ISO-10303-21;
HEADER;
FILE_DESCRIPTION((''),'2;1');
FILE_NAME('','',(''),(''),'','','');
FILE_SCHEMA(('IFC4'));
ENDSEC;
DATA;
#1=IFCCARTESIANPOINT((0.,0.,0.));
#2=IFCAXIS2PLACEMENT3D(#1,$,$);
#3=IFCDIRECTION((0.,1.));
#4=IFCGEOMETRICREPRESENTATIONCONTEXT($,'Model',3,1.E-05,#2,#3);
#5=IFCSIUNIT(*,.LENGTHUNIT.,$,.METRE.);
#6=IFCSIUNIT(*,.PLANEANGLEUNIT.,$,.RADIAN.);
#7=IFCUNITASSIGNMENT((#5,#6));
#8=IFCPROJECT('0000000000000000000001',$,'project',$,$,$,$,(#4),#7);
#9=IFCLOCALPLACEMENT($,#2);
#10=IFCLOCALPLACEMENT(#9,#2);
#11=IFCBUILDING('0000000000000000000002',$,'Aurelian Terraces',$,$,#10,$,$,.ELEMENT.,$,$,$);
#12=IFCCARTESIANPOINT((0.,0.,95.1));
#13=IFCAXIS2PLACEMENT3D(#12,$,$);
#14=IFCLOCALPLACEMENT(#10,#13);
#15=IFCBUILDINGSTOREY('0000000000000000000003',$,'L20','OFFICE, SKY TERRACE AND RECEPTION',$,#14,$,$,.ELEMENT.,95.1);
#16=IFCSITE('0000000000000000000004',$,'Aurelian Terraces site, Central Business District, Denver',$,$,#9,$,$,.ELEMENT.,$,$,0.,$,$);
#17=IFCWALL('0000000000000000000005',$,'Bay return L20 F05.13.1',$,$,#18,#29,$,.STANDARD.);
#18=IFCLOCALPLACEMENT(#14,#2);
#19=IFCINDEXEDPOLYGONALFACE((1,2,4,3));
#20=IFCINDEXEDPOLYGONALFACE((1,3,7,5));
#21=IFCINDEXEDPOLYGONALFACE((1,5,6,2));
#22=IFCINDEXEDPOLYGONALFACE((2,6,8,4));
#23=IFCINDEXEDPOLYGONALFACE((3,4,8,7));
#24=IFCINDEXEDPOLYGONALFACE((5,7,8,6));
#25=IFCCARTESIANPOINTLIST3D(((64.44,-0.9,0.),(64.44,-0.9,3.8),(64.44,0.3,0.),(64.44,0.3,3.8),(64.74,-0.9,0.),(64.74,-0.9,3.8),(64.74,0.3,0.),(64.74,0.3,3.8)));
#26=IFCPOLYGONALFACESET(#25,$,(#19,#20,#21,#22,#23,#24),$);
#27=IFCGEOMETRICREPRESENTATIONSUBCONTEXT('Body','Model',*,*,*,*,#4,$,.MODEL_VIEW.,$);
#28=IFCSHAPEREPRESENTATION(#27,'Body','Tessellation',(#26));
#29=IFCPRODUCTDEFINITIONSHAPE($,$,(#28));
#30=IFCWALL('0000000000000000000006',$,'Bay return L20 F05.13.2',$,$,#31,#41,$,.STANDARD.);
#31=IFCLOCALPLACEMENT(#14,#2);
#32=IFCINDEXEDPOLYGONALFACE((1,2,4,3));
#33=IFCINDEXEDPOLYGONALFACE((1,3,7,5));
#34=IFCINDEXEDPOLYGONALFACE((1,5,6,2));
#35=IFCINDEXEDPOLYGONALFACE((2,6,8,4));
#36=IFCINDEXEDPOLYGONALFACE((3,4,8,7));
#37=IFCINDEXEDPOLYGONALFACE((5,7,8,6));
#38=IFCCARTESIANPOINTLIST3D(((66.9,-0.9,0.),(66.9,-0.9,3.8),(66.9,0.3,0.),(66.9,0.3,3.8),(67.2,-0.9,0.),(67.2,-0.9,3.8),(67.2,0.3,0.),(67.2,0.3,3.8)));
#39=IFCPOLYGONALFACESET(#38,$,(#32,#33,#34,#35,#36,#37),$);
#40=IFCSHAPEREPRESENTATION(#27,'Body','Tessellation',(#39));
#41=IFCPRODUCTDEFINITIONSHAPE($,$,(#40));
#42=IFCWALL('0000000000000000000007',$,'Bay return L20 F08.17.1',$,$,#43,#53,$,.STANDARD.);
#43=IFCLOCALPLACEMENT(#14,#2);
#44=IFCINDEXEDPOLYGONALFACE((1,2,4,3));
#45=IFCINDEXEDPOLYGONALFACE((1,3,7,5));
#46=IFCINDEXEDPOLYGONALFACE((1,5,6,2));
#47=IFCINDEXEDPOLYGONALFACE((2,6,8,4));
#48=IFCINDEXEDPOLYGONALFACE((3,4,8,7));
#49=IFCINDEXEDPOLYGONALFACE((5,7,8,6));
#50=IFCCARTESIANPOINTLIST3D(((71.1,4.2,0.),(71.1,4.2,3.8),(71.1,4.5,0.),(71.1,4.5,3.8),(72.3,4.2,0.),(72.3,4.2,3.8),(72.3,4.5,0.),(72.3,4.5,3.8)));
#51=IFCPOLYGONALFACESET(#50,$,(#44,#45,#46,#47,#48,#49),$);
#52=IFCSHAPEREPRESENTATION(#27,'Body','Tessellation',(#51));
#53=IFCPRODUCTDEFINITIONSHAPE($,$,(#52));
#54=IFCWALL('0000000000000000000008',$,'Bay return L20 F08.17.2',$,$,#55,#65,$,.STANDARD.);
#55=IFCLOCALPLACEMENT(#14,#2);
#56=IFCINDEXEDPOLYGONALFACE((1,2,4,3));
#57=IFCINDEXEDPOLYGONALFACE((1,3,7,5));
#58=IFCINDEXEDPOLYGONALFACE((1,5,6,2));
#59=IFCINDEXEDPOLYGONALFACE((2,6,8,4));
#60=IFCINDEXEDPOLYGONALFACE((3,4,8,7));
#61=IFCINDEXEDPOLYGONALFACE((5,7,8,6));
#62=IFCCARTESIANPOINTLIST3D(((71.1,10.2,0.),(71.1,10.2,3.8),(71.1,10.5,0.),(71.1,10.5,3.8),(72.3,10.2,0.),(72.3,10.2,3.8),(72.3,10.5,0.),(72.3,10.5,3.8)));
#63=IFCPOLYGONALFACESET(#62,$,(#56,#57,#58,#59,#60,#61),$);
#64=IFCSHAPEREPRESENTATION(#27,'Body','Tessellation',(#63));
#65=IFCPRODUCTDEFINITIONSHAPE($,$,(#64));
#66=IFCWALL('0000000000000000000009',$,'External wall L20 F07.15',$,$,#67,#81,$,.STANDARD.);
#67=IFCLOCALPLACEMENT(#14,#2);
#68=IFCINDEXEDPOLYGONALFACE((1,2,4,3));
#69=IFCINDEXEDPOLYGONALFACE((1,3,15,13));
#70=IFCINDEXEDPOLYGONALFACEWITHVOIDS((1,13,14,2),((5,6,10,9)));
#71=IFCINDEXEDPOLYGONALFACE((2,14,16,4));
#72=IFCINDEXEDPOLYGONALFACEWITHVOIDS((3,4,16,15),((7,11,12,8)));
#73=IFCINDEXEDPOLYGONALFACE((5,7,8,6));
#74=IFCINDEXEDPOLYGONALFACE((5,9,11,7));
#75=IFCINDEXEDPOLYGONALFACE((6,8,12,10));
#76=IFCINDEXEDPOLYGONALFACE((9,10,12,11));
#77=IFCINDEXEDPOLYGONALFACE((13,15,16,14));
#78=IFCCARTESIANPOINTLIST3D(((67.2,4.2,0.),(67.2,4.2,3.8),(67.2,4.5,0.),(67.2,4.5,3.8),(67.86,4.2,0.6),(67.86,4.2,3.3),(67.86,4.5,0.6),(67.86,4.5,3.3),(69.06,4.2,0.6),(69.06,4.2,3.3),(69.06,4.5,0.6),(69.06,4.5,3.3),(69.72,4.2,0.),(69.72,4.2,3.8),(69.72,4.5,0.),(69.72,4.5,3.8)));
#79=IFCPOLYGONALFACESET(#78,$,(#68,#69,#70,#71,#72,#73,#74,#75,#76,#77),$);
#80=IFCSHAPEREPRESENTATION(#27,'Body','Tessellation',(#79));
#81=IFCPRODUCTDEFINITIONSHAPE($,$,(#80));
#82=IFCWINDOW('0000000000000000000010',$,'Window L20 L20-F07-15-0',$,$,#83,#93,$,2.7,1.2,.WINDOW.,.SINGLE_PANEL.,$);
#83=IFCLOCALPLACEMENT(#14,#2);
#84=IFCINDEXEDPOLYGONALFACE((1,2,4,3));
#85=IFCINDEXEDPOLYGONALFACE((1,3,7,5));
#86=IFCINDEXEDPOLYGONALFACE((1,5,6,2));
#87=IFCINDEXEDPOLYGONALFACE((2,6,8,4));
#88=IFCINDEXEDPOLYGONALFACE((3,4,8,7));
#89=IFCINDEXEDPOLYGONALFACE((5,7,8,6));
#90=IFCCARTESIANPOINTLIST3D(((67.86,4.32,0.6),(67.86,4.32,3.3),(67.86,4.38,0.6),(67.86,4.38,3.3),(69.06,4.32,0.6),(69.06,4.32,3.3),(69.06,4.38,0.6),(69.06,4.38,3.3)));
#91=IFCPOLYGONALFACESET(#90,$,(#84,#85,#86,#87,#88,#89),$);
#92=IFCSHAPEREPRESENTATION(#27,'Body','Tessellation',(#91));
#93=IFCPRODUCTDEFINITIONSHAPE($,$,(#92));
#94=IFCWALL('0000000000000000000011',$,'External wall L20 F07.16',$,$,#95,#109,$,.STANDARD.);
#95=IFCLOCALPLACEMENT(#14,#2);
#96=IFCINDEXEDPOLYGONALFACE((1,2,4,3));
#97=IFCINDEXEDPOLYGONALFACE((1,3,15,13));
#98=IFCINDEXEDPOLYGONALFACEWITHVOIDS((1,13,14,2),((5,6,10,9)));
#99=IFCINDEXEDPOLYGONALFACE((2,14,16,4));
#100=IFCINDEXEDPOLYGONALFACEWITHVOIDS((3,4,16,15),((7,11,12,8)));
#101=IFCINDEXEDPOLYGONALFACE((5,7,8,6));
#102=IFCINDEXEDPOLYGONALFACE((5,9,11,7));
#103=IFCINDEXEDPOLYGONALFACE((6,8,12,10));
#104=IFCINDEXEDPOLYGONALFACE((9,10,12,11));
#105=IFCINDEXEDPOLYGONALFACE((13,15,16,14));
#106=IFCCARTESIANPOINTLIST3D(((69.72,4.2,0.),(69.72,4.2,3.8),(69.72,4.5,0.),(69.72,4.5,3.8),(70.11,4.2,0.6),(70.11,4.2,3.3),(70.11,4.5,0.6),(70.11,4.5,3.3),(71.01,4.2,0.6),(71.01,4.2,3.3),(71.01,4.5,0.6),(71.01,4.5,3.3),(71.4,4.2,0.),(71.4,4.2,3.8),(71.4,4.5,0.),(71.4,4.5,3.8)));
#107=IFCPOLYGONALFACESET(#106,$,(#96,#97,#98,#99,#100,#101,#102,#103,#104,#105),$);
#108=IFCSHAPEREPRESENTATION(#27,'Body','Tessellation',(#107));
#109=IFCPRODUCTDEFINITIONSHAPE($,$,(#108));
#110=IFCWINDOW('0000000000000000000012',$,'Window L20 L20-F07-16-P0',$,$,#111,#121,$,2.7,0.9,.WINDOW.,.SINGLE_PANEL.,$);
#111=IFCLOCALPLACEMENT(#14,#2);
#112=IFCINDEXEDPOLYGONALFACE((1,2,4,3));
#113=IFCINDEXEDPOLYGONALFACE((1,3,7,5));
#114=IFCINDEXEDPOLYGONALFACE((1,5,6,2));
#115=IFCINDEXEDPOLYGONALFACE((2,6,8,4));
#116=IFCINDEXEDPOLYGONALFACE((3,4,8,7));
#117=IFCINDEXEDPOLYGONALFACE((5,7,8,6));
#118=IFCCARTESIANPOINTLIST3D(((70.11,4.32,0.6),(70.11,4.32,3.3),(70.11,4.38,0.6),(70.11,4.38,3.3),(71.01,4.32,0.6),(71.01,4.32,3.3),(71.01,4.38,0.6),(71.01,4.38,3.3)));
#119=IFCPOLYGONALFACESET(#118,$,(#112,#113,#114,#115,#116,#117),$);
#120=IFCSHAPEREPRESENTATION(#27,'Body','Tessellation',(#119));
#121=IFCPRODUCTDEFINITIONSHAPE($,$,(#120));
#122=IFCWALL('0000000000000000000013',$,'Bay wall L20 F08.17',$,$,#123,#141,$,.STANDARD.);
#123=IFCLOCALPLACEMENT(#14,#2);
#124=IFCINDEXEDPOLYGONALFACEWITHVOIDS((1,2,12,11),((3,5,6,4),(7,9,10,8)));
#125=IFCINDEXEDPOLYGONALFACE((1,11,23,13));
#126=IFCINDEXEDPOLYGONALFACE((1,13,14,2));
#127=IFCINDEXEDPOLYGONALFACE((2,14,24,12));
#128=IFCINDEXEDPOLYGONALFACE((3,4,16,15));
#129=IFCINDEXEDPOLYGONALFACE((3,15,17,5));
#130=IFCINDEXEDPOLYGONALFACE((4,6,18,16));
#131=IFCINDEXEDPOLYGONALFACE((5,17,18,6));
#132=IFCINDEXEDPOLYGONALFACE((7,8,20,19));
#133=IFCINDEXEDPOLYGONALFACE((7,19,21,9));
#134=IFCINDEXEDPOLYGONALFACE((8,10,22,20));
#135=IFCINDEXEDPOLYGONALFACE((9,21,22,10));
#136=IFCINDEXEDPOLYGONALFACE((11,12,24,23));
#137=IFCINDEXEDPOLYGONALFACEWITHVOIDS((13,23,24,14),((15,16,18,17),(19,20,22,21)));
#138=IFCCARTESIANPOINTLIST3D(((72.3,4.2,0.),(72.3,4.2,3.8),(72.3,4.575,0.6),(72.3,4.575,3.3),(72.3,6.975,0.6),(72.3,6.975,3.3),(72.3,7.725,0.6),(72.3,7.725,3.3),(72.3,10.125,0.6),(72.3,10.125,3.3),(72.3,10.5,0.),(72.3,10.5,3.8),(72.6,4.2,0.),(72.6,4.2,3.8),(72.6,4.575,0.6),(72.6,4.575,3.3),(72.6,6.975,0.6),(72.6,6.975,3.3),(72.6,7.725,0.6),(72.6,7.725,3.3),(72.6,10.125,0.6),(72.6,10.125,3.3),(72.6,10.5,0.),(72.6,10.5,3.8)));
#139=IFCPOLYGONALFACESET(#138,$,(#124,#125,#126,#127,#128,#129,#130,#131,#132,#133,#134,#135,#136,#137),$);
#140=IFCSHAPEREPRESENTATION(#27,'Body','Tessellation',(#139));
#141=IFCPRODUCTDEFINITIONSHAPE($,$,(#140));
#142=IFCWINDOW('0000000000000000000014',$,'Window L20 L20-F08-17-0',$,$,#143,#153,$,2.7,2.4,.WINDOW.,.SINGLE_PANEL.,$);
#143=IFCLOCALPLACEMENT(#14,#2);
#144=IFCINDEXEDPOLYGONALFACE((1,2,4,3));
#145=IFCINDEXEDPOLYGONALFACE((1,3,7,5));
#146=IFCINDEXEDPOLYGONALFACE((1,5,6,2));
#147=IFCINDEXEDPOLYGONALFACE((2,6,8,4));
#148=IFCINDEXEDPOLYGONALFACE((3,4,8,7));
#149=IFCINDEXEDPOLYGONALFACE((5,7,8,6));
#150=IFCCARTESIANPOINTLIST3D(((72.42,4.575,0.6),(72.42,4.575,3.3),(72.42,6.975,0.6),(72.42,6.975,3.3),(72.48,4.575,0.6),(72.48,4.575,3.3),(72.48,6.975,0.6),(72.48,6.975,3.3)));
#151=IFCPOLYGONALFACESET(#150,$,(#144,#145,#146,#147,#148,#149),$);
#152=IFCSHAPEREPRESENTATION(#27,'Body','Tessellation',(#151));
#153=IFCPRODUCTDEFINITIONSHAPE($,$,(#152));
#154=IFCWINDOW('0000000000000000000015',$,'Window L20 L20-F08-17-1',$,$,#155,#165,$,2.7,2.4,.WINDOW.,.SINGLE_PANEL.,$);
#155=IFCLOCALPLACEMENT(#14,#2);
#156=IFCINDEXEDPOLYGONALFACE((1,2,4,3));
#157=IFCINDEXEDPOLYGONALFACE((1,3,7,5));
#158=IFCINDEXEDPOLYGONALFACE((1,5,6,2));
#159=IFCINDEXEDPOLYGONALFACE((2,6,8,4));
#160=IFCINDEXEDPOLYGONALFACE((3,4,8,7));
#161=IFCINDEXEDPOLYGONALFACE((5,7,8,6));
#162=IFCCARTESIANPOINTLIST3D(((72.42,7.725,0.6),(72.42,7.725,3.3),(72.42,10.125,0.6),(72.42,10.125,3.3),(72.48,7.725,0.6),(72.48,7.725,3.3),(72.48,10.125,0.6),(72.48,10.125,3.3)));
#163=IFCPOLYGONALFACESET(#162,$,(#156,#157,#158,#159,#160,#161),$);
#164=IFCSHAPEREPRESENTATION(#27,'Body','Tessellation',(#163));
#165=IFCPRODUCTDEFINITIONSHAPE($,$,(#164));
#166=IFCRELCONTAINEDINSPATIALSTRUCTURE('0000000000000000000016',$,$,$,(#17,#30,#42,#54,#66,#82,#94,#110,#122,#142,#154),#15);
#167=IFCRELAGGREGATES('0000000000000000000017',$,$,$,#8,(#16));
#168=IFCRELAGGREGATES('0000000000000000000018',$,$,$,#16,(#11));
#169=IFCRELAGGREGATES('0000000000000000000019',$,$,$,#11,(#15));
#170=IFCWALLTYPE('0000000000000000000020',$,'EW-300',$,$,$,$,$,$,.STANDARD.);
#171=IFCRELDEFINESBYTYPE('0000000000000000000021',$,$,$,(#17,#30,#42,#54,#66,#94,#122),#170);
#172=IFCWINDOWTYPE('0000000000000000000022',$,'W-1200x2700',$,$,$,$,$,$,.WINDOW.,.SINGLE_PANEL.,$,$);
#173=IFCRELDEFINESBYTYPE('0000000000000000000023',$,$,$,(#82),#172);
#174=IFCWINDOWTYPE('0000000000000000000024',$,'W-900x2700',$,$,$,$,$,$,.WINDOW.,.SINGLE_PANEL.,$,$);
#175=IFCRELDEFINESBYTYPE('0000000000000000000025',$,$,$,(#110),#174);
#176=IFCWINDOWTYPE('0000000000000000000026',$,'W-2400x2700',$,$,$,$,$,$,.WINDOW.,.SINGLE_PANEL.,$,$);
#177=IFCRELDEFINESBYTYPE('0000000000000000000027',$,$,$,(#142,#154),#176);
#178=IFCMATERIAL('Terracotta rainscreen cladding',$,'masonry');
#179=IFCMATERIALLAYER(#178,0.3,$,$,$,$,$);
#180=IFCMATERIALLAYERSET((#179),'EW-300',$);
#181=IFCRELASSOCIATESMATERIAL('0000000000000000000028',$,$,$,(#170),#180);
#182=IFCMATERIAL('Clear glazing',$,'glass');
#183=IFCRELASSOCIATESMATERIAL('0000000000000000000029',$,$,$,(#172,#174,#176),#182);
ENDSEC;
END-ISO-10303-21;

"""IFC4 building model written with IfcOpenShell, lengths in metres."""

from ifc_helpers import new_model, si_unit, direction, frame, frame_2d, origin, place, context, subcontext, project, spatial, rectangle, extrude, source, transform, mapped, material, layer, layer_set, type_object, element, fill, save


model = new_model("IFC4")

# Units and contexts
model_context = context("Model", 3, precision=1e-05, world=origin(), true_north=direction((0.0, 1.0)))
body_context = subcontext(model_context, "Body", "Model", "MODEL_VIEW")
ifc_project = project(units=[si_unit("LENGTHUNIT", "METRE"), si_unit("PLANEANGLEUNIT", "RADIAN")], contexts=[model_context])

# Site, building, storey
site_placement = place(None, origin())
site = spatial("IfcSite", under=ifc_project, at=site_placement, Name="Aurelian Terraces site, Central Business District, Denver", CompositionType="ELEMENT", RefElevation=0.0)
building_placement = place(site_placement, origin())
building = spatial("IfcBuilding", under=site, at=building_placement, Name="Aurelian Terraces", CompositionType="ELEMENT")
storey_placement = place(building_placement, frame((0.0, 0.0, 95.1)))
storey = spatial("IfcBuildingStorey", under=building, at=storey_placement, Name="L20", Description="OFFICE, SKY TERRACE AND RECEPTION", CompositionType="ELEMENT", Elevation=95.1)

# Shared definitions
ifc_material_1 = material(Name="Terracotta rainscreen cladding", Category="masonry")
ifc_layer_1 = layer(ifc_material_1, 0.3)
ifc_layer_set_1 = layer_set([ifc_layer_1], Name="EW-300")
wall_type_1 = type_object("IfcWallType", Name="EW-300", PredefinedType="STANDARD", material=ifc_layer_set_1)
ifc_material_2 = material(Name="Clear glazing", Category="glass")

# Walls
shared_shape_1 = source(origin(), body_context, "Body", "SweptSolid", [
    extrude(rectangle(XDim=1.2, YDim=0.3, at=frame_2d((0.6, 0.0))), origin(), (0.0, 0.0, 1.0), 3.8),
])
for number, where, z_axis, x_axis, name in (
    (1, (64.59, 0.3, 0.0), (0.0, 0.0, 1.0), (0.0, -1.0, 0.0), "Bay return L20 F05.13.1"),
    (2, (67.05, 0.3, 0.0), (0.0, 0.0, 1.0), (0.0, -1.0, 0.0), "Bay return L20 F05.13.2"),
    (3, (71.1, 4.35, 0.0), (0.0, 0.0, 1.0), (1.0, 0.0, 0.0), "Bay return L20 F08.17.1"),
    (4, (71.1, 10.35, 0.0), (0.0, 0.0, 1.0), (1.0, 0.0, 0.0), "Bay return L20 F08.17.2"),
):
    element("IfcWall", number, at=place(storey_placement, frame(where, z_axis=z_axis, x_axis=x_axis)), inside=storey, type_object=wall_type_1, Name=name, PredefinedType="STANDARD", context=body_context, shape_type="MappedRepresentation", body=[
        mapped(shared_shape_1, transform((0.0, 0.0, 0.0), scale=1.0)),
    ])

# Walls, openings, windows
shared_shape_2 = source(origin(), body_context, "Body", "SweptSolid", [
    extrude(rectangle(XDim=2.52, YDim=0.3, at=frame_2d((1.26, 0.0))), origin(), (0.0, 0.0, 1.0), 3.8),
])
wall_1_placement = place(storey_placement, frame((67.2, 4.35, 0.0), z_axis=(0.0, 0.0, 1.0), x_axis=(1.0, 0.0, 0.0)))
wall_1 = element("IfcWall", 5, at=wall_1_placement, inside=storey, type_object=wall_type_1, Name="External wall L20 F07.15", PredefinedType="STANDARD", context=body_context, shape_type="MappedRepresentation", body=[
    mapped(shared_shape_2, transform((0.0, 0.0, 0.0), scale=1.0)),
])
shared_shape_3 = source(origin(), body_context, "Body", "SweptSolid", [
    extrude(rectangle(XDim=1.2, YDim=2.7, at=frame_2d((0.6, 1.35))), frame((0.0, 0.16, 0.0), z_axis=(0.0, -1.0, 0.0), x_axis=(1.0, 0.0, 0.0)), (0.0, 0.0, 1.0), 0.32),
])
opening_1_placement = place(wall_1_placement, frame((0.66, 0.0, 0.6)))
opening_1 = element("IfcOpeningElement", 6, at=opening_1_placement, cuts=wall_1, PredefinedType="OPENING", context=body_context, shape_type="MappedRepresentation", body=[
    mapped(shared_shape_3, transform((0.0, 0.0, 0.0), scale=1.0)),
])
window_type_1 = type_object("IfcWindowType", Name="W-1200x2700", PartitioningType="SINGLE_PANEL", PredefinedType="WINDOW", material=ifc_material_2)
shared_shape_4 = source(origin(), body_context, "Body", "SweptSolid", [
    extrude(rectangle(XDim=1.2, YDim=2.7, at=frame_2d((0.6, 1.35))), frame((0.0, 0.03, 0.0), z_axis=(0.0, -1.0, 0.0), x_axis=(1.0, 0.0, 0.0)), (0.0, 0.0, 1.0), 0.06),
])
window_1_placement = place(opening_1_placement, origin())
window_1 = element("IfcWindow", 7, at=window_1_placement, inside=storey, type_object=window_type_1, Name="Window L20 L20-F07-15-0", OverallHeight=2.7, OverallWidth=1.2, PartitioningType="SINGLE_PANEL", PredefinedType="WINDOW", context=body_context, shape_type="MappedRepresentation", body=[
    mapped(shared_shape_4, transform((0.0, 0.0, 0.0), scale=1.0)),
])
fill(opening_1, window_1)
shared_shape_5 = source(origin(), body_context, "Body", "SweptSolid", [
    extrude(rectangle(XDim=1.68, YDim=0.3, at=frame_2d((0.84, 0.0))), origin(), (0.0, 0.0, 1.0), 3.8),
])
wall_2_placement = place(storey_placement, frame((69.72, 4.35, 0.0), z_axis=(0.0, 0.0, 1.0), x_axis=(1.0, 0.0, 0.0)))
wall_2 = element("IfcWall", 8, at=wall_2_placement, inside=storey, type_object=wall_type_1, Name="External wall L20 F07.16", PredefinedType="STANDARD", context=body_context, shape_type="MappedRepresentation", body=[
    mapped(shared_shape_5, transform((0.0, 0.0, 0.0), scale=1.0)),
])
shared_shape_6 = source(origin(), body_context, "Body", "SweptSolid", [
    extrude(rectangle(XDim=0.9, YDim=2.7, at=frame_2d((0.45, 1.35))), frame((0.0, 0.16, 0.0), z_axis=(0.0, -1.0, 0.0), x_axis=(1.0, 0.0, 0.0)), (0.0, 0.0, 1.0), 0.32),
])
opening_2_placement = place(wall_2_placement, frame((0.39, 0.0, 0.6)))
opening_2 = element("IfcOpeningElement", 9, at=opening_2_placement, cuts=wall_2, PredefinedType="OPENING", context=body_context, shape_type="MappedRepresentation", body=[
    mapped(shared_shape_6, transform((0.0, 0.0, 0.0), scale=1.0)),
])
window_type_2 = type_object("IfcWindowType", Name="W-900x2700", PartitioningType="SINGLE_PANEL", PredefinedType="WINDOW", material=ifc_material_2)
shared_shape_7 = source(origin(), body_context, "Body", "SweptSolid", [
    extrude(rectangle(XDim=0.9, YDim=2.7, at=frame_2d((0.45, 1.35))), frame((0.0, 0.03, 0.0), z_axis=(0.0, -1.0, 0.0), x_axis=(1.0, 0.0, 0.0)), (0.0, 0.0, 1.0), 0.06),
])
window_2_placement = place(opening_2_placement, origin())
window_2 = element("IfcWindow", 10, at=window_2_placement, inside=storey, type_object=window_type_2, Name="Window L20 L20-F07-16-P0", OverallHeight=2.7, OverallWidth=0.9, PartitioningType="SINGLE_PANEL", PredefinedType="WINDOW", context=body_context, shape_type="MappedRepresentation", body=[
    mapped(shared_shape_7, transform((0.0, 0.0, 0.0), scale=1.0)),
])
fill(opening_2, window_2)

# Wall, openings, windows
shared_shape_8 = source(origin(), body_context, "Body", "SweptSolid", [
    extrude(rectangle(XDim=6.3, YDim=0.3, at=frame_2d((3.15, 0.0))), origin(), (0.0, 0.0, 1.0), 3.8),
])
wall_3_placement = place(storey_placement, frame((72.45, 4.2, 0.0), z_axis=(0.0, 0.0, 1.0), x_axis=(0.0, 1.0, 0.0)))
wall_3 = element("IfcWall", 11, at=wall_3_placement, inside=storey, type_object=wall_type_1, Name="Bay wall L20 F08.17", PredefinedType="STANDARD", context=body_context, shape_type="MappedRepresentation", body=[
    mapped(shared_shape_8, transform((0.0, 0.0, 0.0), scale=1.0)),
])
shared_shape_9 = source(origin(), body_context, "Body", "SweptSolid", [
    extrude(rectangle(XDim=2.4, YDim=2.7, at=frame_2d((1.2, 1.35))), frame((0.0, 0.16, 0.0), z_axis=(0.0, -1.0, 0.0), x_axis=(1.0, 0.0, 0.0)), (0.0, 0.0, 1.0), 0.32),
])
opening_3_placement = place(wall_3_placement, frame((0.375, 0.0, 0.6)))
opening_3 = element("IfcOpeningElement", 12, at=opening_3_placement, cuts=wall_3, PredefinedType="OPENING", context=body_context, shape_type="MappedRepresentation", body=[
    mapped(shared_shape_9, transform((0.0, 0.0, 0.0), scale=1.0)),
])
opening_4_placement = place(wall_3_placement, frame((3.525, 0.0, 0.6)))
opening_4 = element("IfcOpeningElement", 13, at=opening_4_placement, cuts=wall_3, PredefinedType="OPENING", context=body_context, shape_type="MappedRepresentation", body=[
    mapped(shared_shape_9, transform((0.0, 0.0, 0.0), scale=1.0)),
])
window_type_3 = type_object("IfcWindowType", Name="W-2400x2700", PartitioningType="SINGLE_PANEL", PredefinedType="WINDOW", material=ifc_material_2)
shared_shape_10 = source(origin(), body_context, "Body", "SweptSolid", [
    extrude(rectangle(XDim=2.4, YDim=2.7, at=frame_2d((1.2, 1.35))), frame((0.0, 0.03, 0.0), z_axis=(0.0, -1.0, 0.0), x_axis=(1.0, 0.0, 0.0)), (0.0, 0.0, 1.0), 0.06),
])
window_3_placement = place(opening_3_placement, origin())
window_3 = element("IfcWindow", 14, at=window_3_placement, inside=storey, type_object=window_type_3, Name="Window L20 L20-F08-17-0", OverallHeight=2.7, OverallWidth=2.4, PartitioningType="SINGLE_PANEL", PredefinedType="WINDOW", context=body_context, shape_type="MappedRepresentation", body=[
    mapped(shared_shape_10, transform((0.0, 0.0, 0.0), scale=1.0)),
])
fill(opening_3, window_3)
window_4_placement = place(opening_4_placement, origin())
window_4 = element("IfcWindow", 15, at=window_4_placement, inside=storey, type_object=window_type_3, Name="Window L20 L20-F08-17-1", OverallHeight=2.7, OverallWidth=2.4, PartitioningType="SINGLE_PANEL", PredefinedType="WINDOW", context=body_context, shape_type="MappedRepresentation", body=[
    mapped(shared_shape_10, transform((0.0, 0.0, 0.0), scale=1.0)),
])
fill(opening_4, window_4)

save(model, "model.ifc")
